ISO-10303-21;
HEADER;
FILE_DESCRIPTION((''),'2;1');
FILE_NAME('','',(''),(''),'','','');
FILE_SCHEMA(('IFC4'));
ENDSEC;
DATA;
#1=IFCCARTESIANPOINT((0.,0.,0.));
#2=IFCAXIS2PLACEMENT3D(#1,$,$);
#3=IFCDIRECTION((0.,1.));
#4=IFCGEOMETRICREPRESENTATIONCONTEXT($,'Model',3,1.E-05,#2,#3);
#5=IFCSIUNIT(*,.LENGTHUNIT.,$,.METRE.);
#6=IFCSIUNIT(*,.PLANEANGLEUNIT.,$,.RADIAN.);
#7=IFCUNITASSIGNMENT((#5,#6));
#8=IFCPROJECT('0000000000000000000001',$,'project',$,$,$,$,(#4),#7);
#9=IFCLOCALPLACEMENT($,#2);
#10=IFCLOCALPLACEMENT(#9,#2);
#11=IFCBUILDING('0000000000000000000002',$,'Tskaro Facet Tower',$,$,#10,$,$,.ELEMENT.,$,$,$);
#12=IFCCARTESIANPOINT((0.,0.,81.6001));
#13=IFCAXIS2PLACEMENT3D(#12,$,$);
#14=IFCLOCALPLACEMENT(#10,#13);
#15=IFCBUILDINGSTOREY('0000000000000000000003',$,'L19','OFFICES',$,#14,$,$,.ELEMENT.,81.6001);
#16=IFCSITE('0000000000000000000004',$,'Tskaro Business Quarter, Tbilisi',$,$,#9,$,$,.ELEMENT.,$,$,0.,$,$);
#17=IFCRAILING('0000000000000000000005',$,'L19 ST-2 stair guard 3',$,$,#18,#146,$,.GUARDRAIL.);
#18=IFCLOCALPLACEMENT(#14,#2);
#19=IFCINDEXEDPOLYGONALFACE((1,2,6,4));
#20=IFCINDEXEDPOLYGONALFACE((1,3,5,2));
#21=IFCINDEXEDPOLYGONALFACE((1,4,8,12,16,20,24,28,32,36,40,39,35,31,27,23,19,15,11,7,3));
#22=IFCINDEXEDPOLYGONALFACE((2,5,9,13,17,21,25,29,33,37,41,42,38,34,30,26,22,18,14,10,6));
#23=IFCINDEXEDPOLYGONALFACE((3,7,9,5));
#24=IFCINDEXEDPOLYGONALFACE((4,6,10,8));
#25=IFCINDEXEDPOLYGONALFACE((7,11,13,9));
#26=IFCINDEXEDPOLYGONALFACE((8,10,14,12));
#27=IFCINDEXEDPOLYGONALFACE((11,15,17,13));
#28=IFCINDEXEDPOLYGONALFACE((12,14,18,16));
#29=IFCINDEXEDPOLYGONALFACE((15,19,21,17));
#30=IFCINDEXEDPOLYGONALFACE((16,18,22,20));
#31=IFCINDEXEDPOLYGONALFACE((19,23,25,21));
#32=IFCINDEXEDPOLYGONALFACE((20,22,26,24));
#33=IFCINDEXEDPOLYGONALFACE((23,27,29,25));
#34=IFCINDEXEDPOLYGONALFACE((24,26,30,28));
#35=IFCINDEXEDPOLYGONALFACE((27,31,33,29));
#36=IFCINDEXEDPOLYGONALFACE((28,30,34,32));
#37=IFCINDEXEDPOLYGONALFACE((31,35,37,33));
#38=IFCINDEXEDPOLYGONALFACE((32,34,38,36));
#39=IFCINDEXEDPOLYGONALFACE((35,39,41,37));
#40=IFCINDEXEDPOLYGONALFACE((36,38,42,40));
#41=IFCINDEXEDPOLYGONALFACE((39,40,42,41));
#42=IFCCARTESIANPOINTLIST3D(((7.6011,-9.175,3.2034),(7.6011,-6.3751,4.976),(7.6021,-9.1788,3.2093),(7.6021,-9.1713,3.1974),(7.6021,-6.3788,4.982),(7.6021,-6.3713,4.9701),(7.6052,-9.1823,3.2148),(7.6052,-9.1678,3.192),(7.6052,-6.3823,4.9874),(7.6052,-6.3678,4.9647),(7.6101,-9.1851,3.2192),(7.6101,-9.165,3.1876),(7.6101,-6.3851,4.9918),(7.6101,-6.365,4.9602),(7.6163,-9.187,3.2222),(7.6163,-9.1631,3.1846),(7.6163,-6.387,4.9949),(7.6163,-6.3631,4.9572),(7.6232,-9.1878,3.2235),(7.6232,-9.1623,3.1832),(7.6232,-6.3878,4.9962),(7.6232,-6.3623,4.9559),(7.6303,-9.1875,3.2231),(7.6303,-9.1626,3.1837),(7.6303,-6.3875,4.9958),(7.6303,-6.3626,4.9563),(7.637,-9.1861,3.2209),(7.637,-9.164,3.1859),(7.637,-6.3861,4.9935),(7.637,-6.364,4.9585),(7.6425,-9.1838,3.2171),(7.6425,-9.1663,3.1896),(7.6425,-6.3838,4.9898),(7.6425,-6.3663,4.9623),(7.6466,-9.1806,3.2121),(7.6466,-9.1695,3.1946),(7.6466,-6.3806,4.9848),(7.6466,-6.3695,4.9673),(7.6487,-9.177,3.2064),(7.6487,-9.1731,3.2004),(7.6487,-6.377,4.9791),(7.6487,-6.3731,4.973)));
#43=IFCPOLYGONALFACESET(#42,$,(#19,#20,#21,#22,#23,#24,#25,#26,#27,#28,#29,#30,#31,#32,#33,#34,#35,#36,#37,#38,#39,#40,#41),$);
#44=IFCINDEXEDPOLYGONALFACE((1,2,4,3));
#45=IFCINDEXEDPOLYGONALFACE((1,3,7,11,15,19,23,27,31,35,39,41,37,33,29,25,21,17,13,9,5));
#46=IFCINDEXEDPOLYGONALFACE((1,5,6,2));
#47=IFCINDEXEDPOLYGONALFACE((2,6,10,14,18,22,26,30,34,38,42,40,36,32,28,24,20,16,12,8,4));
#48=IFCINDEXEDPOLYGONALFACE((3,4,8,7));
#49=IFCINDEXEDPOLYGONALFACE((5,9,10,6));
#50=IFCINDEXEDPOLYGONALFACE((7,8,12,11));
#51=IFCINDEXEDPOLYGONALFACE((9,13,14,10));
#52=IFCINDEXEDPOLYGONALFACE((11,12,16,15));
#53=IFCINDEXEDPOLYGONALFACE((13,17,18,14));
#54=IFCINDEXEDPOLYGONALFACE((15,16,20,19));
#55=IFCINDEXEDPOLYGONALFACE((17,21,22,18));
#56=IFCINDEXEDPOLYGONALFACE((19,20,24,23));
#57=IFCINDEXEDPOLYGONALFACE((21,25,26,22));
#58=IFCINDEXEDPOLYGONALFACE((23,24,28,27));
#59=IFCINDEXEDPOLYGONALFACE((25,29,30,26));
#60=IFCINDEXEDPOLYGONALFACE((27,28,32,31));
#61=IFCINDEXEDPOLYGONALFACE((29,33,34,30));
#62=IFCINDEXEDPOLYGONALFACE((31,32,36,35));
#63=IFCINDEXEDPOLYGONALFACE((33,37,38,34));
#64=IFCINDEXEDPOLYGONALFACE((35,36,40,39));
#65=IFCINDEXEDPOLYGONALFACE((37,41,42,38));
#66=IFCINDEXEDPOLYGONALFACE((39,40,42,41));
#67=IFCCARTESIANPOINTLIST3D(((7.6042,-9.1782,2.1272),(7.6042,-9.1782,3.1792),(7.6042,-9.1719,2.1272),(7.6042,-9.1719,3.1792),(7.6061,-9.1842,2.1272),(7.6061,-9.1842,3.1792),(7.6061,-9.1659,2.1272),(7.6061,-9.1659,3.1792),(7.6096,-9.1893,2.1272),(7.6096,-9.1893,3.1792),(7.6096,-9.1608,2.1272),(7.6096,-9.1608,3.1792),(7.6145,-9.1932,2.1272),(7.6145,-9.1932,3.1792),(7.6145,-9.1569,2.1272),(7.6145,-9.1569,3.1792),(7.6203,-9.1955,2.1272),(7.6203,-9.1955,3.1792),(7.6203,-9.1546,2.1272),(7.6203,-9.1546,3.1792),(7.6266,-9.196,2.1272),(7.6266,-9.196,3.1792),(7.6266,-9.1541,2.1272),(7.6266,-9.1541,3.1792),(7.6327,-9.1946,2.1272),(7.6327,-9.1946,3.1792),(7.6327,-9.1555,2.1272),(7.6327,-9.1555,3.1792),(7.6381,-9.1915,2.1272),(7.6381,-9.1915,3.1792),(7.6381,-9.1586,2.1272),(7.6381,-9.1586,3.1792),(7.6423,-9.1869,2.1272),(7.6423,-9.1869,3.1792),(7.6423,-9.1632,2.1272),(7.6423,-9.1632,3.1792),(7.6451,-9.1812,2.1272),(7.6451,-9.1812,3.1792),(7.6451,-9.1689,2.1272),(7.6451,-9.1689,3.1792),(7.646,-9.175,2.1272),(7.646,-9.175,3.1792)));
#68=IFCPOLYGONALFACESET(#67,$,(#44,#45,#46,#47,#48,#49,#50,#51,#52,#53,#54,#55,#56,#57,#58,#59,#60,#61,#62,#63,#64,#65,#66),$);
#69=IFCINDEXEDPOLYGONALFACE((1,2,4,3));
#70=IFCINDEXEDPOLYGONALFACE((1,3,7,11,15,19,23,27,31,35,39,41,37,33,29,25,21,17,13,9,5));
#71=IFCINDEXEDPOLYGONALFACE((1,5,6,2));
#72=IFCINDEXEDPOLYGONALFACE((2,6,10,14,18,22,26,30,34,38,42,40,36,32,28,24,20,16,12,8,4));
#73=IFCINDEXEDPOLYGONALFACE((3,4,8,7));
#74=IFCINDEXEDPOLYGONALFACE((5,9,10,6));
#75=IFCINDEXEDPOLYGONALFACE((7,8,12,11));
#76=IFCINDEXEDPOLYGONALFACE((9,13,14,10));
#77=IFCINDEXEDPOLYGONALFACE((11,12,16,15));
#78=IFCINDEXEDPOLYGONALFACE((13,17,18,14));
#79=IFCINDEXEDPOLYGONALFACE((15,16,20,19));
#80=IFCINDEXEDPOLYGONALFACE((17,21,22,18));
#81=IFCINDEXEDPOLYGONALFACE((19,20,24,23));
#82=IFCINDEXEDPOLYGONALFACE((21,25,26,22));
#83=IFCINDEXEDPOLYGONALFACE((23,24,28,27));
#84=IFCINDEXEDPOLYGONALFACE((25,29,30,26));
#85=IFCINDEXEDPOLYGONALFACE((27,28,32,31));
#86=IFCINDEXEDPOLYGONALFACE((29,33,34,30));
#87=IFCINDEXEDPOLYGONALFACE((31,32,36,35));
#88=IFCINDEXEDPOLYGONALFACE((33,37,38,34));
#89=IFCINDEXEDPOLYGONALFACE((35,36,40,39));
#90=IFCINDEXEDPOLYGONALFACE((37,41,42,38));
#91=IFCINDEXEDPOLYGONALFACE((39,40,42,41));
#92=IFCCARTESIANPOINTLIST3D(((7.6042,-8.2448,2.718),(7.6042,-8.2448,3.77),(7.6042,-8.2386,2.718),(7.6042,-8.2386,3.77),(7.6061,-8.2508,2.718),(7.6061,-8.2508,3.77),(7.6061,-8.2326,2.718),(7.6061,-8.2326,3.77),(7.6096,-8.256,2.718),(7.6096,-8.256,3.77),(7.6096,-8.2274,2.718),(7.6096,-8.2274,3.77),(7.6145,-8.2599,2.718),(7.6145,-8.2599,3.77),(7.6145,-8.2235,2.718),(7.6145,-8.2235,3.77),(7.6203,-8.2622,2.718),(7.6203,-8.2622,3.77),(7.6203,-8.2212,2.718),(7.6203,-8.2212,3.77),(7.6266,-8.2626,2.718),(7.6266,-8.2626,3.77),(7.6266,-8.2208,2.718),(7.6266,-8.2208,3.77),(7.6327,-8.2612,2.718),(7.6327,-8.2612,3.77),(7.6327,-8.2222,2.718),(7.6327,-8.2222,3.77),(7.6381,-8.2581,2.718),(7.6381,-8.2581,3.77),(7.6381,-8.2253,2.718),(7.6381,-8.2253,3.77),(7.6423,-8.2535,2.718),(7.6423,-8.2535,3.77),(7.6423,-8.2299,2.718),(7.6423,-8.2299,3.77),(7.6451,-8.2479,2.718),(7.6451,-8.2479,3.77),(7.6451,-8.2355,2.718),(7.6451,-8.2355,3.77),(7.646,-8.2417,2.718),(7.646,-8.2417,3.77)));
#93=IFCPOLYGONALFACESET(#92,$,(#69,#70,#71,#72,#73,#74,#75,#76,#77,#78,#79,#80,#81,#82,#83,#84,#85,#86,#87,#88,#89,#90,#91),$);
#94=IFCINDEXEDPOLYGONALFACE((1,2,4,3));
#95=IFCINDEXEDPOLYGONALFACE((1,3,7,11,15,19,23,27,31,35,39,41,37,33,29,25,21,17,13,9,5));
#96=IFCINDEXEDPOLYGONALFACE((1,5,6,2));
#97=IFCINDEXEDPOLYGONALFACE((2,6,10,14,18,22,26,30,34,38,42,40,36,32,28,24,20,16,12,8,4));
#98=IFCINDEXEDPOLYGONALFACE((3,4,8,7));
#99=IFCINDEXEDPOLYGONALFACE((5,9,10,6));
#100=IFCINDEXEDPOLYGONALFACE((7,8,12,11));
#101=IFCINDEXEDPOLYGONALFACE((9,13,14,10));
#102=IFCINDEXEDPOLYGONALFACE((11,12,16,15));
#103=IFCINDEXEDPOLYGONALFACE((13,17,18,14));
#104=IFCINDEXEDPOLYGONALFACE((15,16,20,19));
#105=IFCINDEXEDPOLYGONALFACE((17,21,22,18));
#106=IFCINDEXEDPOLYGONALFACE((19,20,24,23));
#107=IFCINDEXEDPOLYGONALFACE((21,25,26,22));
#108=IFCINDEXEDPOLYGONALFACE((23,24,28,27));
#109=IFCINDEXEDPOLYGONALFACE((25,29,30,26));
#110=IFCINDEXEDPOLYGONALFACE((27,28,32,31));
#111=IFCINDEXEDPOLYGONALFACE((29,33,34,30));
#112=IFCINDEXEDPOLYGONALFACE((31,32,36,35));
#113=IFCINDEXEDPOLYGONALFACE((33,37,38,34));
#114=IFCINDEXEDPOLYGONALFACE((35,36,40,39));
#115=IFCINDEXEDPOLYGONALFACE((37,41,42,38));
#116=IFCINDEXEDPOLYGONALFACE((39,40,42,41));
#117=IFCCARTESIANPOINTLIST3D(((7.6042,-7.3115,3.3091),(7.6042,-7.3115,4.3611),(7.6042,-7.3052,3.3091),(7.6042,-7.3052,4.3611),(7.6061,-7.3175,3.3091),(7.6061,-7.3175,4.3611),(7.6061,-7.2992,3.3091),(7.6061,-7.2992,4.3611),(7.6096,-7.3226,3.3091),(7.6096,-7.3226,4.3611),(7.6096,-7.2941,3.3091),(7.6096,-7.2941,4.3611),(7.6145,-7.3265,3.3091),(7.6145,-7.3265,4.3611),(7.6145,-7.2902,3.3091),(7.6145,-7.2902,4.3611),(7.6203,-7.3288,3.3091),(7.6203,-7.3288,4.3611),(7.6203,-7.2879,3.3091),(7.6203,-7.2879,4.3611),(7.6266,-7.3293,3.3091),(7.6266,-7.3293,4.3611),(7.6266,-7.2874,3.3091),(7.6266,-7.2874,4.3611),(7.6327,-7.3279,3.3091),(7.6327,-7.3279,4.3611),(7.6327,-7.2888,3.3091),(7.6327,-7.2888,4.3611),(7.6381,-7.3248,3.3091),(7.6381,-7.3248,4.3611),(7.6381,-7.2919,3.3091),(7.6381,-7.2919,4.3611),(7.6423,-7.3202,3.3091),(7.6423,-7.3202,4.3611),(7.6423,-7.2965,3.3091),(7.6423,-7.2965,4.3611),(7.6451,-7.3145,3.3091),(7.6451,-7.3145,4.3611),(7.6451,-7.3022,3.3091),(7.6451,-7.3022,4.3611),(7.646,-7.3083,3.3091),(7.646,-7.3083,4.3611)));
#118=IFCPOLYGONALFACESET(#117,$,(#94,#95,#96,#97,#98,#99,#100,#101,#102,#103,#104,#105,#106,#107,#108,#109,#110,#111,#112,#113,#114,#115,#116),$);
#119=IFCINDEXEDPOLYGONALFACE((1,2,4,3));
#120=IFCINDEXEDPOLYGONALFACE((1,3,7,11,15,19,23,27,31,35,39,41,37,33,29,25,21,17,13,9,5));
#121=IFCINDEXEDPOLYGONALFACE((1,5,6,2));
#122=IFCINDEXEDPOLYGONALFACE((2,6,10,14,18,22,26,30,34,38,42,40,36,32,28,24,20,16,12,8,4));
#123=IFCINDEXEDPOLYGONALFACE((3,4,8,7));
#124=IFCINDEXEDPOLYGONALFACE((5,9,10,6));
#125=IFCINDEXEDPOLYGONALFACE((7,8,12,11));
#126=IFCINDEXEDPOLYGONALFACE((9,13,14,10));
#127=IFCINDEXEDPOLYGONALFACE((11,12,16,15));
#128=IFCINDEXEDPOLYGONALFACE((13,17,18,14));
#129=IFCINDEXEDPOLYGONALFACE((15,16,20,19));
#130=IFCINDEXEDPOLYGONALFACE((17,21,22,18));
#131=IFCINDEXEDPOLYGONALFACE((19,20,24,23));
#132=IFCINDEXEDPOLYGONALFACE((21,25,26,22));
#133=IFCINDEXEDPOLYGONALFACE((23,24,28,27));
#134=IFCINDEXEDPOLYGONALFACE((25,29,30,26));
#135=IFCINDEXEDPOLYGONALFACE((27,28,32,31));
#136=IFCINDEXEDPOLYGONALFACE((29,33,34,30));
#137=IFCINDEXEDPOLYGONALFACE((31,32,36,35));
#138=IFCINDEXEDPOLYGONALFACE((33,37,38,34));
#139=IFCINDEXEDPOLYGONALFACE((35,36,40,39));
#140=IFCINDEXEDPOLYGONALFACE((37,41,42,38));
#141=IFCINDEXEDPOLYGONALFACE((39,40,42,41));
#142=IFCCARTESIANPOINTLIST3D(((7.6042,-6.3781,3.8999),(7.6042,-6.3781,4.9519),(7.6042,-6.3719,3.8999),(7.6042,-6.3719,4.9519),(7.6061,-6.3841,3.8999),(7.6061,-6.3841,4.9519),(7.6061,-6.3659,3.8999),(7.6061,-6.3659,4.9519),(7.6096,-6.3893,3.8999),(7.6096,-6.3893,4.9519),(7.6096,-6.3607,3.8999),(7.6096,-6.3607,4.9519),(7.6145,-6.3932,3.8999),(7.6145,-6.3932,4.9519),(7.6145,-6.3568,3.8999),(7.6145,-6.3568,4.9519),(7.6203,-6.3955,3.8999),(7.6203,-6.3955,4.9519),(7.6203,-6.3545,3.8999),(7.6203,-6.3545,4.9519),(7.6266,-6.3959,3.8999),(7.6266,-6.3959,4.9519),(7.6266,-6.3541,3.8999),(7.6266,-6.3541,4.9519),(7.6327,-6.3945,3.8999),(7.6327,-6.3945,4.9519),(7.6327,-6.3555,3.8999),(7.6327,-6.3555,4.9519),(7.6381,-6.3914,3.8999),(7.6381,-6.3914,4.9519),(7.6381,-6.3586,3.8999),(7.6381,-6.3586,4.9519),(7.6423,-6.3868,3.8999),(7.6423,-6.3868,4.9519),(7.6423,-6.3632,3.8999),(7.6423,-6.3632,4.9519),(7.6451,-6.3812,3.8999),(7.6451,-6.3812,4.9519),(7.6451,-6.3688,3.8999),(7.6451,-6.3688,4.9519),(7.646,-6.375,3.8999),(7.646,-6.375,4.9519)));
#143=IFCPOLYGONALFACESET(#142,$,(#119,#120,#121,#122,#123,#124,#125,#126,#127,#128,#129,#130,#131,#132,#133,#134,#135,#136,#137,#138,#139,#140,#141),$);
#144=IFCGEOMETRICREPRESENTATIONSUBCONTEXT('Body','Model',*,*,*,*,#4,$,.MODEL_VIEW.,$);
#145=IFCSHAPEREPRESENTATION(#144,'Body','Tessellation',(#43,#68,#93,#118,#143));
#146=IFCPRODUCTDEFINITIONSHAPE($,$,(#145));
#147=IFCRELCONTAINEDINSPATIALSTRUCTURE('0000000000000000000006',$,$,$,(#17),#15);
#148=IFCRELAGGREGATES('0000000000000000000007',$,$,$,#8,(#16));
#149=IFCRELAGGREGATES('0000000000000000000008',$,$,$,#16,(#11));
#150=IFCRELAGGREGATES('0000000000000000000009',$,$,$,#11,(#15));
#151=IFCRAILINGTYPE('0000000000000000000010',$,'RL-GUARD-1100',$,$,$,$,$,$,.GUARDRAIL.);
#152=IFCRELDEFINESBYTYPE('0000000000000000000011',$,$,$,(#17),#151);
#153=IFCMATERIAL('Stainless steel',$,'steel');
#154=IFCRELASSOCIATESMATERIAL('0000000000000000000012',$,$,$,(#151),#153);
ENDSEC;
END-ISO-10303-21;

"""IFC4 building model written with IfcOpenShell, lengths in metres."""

from ifc_helpers import new_model, si_unit, direction, frame, origin, origin_2d, place, context, subcontext, project, spatial, circle, extrude, material, type_object, element, save


model = new_model("IFC4")

# Units and contexts
model_context = context("Model", 3, precision=1e-05, world=origin(), true_north=direction((0.0, 1.0)))
body_context = subcontext(model_context, "Body", "Model", "MODEL_VIEW")
ifc_project = project(units=[si_unit("LENGTHUNIT", "METRE"), si_unit("PLANEANGLEUNIT", "RADIAN")], contexts=[model_context])

# Site, building, storey
site_placement = place(None, origin())
site = spatial("IfcSite", under=ifc_project, at=site_placement, Name="Tskaro Business Quarter, Tbilisi", CompositionType="ELEMENT", RefElevation=0.0)
building_placement = place(site_placement, origin())
building = spatial("IfcBuilding", under=site, at=building_placement, Name="Tskaro Facet Tower", CompositionType="ELEMENT")
storey_placement = place(building_placement, frame((0.0, 0.0, 81.6001)))
storey = spatial("IfcBuildingStorey", under=building, at=storey_placement, Name="L19", Description="OFFICES", CompositionType="ELEMENT", Elevation=81.6001)

# Railing
ifc_material_1 = material(Name="Stainless steel", Category="steel")
railing_type_1 = type_object("IfcRailingType", Name="RL-GUARD-1100", PredefinedType="GUARDRAIL", material=ifc_material_1)
railing_1_placement = place(storey_placement, frame((7.625, -9.175, 2.1272)))
element("IfcRailing", 1, at=railing_1_placement, inside=storey, type_object=railing_type_1, Name="L19 ST-2 stair guard 3", PredefinedType="GUARDRAIL", context=body_context, shape_type="SweptSolid", body=[
    extrude(circle(Radius=0.0239, at=origin_2d()), frame((0.0, 0.0, 1.0762), z_axis=(0.0, 0.844909, 0.53491), x_axis=(-1.0, 0.0, 0.0)), (0.0, 0.0, 1.0), 3.314),
    extrude(circle(Radius=0.021, at=origin_2d()), origin(), (0.0, 0.0, 1.0), 1.052),
    extrude(circle(Radius=0.021, at=origin_2d()), frame((0.0, 0.9333, 0.5908)), (0.0, 0.0, 1.0), 1.052),
    extrude(circle(Radius=0.021, at=origin_2d()), frame((0.0, 1.8667, 1.1819)), (0.0, 0.0, 1.0), 1.052),
    extrude(circle(Radius=0.021, at=origin_2d()), frame((0.0, 2.8, 1.7727)), (0.0, 0.0, 1.0), 1.052),
])

save(model, "model.ifc")
